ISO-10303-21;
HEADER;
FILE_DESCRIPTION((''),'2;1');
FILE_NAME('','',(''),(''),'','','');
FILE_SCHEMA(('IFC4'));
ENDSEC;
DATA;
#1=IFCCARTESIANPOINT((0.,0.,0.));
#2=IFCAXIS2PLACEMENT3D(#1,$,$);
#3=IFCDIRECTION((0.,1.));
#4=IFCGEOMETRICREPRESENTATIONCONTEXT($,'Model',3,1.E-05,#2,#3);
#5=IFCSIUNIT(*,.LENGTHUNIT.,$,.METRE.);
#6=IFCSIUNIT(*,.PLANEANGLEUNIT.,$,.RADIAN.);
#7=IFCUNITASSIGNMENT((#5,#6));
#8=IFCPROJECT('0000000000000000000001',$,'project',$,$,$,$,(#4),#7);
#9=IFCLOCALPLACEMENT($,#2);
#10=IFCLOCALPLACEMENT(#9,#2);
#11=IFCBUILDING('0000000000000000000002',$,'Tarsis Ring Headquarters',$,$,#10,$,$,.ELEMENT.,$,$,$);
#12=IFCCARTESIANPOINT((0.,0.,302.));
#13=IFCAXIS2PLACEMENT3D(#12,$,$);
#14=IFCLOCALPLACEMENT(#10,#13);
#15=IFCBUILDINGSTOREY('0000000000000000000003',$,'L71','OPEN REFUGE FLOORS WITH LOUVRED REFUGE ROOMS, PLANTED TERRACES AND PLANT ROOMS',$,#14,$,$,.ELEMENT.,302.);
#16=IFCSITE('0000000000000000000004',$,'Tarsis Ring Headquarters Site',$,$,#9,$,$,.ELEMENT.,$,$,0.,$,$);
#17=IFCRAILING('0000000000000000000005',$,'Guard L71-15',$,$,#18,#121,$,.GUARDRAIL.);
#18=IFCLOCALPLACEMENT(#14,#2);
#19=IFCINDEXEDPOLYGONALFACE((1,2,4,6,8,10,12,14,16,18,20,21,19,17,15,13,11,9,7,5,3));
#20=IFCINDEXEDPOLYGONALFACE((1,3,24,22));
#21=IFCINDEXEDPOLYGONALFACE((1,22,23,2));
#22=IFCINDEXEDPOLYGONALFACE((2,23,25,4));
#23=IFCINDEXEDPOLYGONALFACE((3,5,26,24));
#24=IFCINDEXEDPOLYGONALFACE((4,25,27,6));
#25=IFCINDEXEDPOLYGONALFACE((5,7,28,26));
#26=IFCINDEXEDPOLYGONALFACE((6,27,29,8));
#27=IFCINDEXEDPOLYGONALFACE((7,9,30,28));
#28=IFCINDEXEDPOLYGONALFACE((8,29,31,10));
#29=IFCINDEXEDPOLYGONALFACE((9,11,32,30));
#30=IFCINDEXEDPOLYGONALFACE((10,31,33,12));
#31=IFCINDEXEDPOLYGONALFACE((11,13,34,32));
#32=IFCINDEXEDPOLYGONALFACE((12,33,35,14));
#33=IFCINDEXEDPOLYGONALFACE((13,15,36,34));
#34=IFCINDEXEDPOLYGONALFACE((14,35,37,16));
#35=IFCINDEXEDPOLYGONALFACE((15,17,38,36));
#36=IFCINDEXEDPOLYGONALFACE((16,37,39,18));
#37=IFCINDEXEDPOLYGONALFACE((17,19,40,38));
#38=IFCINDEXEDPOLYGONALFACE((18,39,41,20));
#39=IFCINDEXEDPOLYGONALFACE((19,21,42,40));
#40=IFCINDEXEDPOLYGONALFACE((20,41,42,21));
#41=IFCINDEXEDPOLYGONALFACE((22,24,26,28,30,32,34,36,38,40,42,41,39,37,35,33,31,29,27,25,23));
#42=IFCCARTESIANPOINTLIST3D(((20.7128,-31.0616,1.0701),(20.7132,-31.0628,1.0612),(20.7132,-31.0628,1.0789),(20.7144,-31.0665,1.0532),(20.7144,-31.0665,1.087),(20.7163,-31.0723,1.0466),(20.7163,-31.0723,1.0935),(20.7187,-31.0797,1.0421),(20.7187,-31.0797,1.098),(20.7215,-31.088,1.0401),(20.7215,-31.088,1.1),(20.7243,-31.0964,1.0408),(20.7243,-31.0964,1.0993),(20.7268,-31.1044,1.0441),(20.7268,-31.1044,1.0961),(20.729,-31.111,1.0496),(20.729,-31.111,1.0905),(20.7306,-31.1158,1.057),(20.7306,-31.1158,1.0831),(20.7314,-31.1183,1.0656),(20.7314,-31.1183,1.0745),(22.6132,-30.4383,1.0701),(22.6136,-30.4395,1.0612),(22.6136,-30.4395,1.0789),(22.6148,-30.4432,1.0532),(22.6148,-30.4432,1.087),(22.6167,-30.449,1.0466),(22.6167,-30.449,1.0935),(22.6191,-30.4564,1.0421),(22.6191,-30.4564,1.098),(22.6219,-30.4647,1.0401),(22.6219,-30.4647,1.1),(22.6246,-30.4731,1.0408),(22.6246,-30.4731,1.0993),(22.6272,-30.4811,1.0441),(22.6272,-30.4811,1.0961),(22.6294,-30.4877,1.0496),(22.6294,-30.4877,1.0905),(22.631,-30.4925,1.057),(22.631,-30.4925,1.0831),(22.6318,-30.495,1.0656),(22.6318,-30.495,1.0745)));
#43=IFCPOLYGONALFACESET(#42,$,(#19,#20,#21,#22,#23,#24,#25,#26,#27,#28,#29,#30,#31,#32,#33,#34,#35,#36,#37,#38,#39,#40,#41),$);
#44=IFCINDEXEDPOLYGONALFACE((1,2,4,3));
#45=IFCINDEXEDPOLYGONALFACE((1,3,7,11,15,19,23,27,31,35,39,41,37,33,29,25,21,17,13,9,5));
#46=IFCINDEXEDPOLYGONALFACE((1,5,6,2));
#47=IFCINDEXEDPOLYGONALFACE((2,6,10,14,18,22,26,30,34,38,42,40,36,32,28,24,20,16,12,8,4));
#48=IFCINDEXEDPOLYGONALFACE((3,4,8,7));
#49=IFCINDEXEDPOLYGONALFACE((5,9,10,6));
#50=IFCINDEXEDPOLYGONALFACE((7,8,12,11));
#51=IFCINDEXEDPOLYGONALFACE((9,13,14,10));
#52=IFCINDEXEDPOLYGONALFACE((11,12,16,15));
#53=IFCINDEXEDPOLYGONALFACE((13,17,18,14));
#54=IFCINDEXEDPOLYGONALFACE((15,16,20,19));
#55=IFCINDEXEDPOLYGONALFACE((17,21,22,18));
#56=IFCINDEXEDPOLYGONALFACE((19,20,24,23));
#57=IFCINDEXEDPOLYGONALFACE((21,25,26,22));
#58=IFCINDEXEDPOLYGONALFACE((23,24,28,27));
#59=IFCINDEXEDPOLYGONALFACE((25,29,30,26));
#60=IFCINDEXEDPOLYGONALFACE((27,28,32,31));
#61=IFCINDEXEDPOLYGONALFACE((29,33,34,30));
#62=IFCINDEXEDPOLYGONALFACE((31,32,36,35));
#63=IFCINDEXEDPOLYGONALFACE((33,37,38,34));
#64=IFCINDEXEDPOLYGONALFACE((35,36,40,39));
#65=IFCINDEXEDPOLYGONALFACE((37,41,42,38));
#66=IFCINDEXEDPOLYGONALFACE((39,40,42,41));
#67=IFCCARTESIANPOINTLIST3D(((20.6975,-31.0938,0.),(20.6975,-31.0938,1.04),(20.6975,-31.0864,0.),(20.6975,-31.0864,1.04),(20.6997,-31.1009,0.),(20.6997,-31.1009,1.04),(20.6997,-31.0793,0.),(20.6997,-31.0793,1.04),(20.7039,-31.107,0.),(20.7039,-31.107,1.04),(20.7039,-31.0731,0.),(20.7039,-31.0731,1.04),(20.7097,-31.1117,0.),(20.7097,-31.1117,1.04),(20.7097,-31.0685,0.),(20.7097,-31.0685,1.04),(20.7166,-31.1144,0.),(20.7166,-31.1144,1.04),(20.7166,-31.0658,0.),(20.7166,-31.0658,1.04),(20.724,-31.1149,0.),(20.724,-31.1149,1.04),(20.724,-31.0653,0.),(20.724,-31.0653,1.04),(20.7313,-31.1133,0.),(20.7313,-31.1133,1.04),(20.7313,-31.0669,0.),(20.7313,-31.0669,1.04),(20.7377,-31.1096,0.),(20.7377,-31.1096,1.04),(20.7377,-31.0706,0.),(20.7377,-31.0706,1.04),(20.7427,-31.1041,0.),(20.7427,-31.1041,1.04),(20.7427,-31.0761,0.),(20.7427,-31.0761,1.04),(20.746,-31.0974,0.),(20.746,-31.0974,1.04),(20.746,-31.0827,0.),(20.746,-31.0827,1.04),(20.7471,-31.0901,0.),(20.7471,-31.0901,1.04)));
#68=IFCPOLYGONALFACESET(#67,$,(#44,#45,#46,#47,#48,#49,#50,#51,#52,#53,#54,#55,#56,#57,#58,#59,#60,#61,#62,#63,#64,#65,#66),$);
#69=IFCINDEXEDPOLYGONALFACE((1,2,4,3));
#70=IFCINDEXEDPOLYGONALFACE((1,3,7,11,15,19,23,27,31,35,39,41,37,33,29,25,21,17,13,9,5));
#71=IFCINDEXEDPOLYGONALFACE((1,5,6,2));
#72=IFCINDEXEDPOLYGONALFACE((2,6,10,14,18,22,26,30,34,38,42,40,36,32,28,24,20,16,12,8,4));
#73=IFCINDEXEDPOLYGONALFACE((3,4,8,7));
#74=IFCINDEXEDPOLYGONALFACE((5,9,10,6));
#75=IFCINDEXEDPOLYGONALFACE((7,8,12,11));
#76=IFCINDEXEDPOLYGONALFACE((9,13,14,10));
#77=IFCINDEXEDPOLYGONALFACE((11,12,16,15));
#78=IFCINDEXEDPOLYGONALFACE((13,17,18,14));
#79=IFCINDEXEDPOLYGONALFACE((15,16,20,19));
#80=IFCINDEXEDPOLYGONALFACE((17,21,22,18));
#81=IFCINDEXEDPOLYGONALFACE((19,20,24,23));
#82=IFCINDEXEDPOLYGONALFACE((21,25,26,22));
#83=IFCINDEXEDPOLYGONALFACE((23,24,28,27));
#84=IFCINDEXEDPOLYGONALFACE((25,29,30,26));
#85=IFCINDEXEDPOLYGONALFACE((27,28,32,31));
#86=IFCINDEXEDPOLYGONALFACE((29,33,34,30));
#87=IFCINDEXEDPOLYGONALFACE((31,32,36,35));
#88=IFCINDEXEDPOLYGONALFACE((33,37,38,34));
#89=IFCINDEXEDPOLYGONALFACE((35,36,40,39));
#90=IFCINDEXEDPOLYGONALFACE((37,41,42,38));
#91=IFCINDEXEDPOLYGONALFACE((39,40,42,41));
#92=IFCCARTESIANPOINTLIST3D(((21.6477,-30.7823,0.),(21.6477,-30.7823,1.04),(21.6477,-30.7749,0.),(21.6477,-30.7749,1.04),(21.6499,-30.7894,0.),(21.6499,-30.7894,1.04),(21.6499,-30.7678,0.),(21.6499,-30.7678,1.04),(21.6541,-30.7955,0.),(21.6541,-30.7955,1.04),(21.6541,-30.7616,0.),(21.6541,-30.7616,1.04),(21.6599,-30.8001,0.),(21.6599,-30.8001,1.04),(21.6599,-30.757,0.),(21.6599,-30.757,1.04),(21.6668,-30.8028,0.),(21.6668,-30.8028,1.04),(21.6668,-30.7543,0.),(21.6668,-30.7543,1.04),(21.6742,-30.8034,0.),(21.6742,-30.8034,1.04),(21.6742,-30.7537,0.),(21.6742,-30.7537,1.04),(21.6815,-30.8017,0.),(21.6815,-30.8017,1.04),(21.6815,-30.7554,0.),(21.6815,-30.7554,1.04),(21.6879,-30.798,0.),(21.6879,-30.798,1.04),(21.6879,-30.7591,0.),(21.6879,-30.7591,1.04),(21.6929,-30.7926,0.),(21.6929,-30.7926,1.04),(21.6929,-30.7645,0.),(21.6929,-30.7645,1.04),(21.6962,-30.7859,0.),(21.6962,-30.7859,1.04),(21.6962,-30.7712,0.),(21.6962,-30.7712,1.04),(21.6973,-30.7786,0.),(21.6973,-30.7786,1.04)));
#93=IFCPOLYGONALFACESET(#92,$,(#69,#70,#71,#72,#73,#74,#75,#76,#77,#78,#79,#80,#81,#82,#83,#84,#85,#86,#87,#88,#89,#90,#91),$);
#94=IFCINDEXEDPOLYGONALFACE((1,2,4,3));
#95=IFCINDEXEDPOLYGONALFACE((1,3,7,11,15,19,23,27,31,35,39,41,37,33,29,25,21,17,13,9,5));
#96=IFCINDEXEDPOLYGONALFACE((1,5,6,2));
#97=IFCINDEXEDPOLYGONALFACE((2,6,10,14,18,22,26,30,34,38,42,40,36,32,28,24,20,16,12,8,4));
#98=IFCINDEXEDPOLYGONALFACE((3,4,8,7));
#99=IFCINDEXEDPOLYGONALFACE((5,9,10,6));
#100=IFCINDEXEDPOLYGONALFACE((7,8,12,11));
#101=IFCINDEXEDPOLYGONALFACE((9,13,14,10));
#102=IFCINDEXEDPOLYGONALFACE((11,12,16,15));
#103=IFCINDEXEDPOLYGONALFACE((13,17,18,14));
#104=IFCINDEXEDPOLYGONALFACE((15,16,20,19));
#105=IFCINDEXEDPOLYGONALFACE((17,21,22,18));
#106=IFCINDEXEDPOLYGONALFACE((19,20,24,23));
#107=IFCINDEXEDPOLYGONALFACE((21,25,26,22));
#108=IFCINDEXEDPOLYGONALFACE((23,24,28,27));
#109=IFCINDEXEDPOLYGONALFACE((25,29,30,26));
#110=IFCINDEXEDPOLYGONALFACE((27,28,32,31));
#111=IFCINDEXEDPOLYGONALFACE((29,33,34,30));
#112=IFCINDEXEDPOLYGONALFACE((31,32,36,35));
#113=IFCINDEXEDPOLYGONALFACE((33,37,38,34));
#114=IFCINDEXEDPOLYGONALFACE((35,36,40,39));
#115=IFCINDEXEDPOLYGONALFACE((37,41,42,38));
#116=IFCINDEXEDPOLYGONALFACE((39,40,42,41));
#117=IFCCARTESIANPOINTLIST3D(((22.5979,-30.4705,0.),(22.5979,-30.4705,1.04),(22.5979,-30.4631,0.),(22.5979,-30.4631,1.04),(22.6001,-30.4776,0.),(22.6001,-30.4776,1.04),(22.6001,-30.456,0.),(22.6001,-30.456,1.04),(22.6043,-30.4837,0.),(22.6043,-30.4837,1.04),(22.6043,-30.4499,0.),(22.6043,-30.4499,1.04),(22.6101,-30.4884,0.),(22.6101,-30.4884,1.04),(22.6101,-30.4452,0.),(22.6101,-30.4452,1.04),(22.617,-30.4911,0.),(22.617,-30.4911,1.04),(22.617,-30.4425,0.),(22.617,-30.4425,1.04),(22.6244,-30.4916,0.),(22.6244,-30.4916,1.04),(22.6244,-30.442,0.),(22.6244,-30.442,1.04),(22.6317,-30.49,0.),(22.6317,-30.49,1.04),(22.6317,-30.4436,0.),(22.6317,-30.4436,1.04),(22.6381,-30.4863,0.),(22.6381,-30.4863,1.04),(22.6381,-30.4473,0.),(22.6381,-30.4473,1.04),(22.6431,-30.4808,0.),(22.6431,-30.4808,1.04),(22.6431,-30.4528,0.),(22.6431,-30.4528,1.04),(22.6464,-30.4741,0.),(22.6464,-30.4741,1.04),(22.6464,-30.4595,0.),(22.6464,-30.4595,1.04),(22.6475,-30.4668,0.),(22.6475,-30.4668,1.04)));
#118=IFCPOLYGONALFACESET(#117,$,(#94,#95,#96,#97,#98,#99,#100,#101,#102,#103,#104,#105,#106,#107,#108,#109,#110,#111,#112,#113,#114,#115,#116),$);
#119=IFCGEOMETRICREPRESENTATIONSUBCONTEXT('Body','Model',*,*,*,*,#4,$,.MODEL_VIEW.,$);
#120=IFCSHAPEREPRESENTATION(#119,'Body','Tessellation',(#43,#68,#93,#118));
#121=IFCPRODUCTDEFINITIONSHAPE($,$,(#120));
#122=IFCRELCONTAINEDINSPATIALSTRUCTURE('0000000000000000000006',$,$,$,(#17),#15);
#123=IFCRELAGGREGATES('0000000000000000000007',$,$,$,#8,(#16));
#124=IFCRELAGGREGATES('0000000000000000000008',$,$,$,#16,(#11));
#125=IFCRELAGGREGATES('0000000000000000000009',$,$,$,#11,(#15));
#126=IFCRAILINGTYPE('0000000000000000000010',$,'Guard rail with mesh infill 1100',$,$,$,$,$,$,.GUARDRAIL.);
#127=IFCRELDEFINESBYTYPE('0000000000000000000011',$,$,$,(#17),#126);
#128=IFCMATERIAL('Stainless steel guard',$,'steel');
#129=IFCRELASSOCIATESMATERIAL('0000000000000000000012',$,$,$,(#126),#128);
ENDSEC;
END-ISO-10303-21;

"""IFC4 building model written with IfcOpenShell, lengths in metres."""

from ifc_helpers import new_model, si_unit, direction, frame, origin, origin_2d, place, context, subcontext, project, spatial, circle, extrude, material, type_object, element, save


model = new_model("IFC4")

# Units and contexts
model_context = context("Model", 3, precision=1e-05, world=origin(), true_north=direction((0.0, 1.0)))
body_context = subcontext(model_context, "Body", "Model", "MODEL_VIEW")
ifc_project = project(units=[si_unit("LENGTHUNIT", "METRE"), si_unit("PLANEANGLEUNIT", "RADIAN")], contexts=[model_context])

# Site, building, storey
site_placement = place(None, origin())
site = spatial("IfcSite", under=ifc_project, at=site_placement, Name="Tarsis Ring Headquarters Site", CompositionType="ELEMENT", RefElevation=0.0)
building_placement = place(site_placement, origin())
building = spatial("IfcBuilding", under=site, at=building_placement, Name="Tarsis Ring Headquarters", CompositionType="ELEMENT")
storey_placement = place(building_placement, frame((0.0, 0.0, 302.0)))
storey = spatial("IfcBuildingStorey", under=building, at=storey_placement, Name="L71", Description="OPEN REFUGE FLOORS WITH LOUVRED REFUGE ROOMS, PLANTED TERRACES AND PLANT ROOMS", CompositionType="ELEMENT", Elevation=302.0)

# Railing
ifc_material_1 = material(Name="Stainless steel guard", Category="steel")
railing_type_1 = type_object("IfcRailingType", Name="Guard rail with mesh infill 1100", PredefinedType="GUARDRAIL", material=ifc_material_1)
railing_1_placement = place(storey_placement, frame((20.7222, -31.0901, 0.0)))
element("IfcRailing", 1, at=railing_1_placement, inside=storey, type_object=railing_type_1, Name="Guard L71-15", PredefinedType="GUARDRAIL", context=body_context, shape_type="SweptSolid", body=[
    extrude(circle(Radius=0.03, at=origin_2d()), frame((0.0, 0.0, 1.0701), z_axis=(0.950198, 0.311646, 0.0), x_axis=(-0.311646, 0.950198, 0.0)), (0.0, 0.0, 1.0), 2.0),
    extrude(circle(Radius=0.0249, at=origin_2d()), origin(), (0.0, 0.0, 1.0), 1.04),
    extrude(circle(Radius=0.0249, at=origin_2d()), frame((0.9502, 0.3115, 0.0)), (0.0, 0.0, 1.0), 1.04),
    extrude(circle(Radius=0.0249, at=origin_2d()), frame((1.9004, 0.6233, 0.0)), (0.0, 0.0, 1.0), 1.04),
])

save(model, "model.ifc")
